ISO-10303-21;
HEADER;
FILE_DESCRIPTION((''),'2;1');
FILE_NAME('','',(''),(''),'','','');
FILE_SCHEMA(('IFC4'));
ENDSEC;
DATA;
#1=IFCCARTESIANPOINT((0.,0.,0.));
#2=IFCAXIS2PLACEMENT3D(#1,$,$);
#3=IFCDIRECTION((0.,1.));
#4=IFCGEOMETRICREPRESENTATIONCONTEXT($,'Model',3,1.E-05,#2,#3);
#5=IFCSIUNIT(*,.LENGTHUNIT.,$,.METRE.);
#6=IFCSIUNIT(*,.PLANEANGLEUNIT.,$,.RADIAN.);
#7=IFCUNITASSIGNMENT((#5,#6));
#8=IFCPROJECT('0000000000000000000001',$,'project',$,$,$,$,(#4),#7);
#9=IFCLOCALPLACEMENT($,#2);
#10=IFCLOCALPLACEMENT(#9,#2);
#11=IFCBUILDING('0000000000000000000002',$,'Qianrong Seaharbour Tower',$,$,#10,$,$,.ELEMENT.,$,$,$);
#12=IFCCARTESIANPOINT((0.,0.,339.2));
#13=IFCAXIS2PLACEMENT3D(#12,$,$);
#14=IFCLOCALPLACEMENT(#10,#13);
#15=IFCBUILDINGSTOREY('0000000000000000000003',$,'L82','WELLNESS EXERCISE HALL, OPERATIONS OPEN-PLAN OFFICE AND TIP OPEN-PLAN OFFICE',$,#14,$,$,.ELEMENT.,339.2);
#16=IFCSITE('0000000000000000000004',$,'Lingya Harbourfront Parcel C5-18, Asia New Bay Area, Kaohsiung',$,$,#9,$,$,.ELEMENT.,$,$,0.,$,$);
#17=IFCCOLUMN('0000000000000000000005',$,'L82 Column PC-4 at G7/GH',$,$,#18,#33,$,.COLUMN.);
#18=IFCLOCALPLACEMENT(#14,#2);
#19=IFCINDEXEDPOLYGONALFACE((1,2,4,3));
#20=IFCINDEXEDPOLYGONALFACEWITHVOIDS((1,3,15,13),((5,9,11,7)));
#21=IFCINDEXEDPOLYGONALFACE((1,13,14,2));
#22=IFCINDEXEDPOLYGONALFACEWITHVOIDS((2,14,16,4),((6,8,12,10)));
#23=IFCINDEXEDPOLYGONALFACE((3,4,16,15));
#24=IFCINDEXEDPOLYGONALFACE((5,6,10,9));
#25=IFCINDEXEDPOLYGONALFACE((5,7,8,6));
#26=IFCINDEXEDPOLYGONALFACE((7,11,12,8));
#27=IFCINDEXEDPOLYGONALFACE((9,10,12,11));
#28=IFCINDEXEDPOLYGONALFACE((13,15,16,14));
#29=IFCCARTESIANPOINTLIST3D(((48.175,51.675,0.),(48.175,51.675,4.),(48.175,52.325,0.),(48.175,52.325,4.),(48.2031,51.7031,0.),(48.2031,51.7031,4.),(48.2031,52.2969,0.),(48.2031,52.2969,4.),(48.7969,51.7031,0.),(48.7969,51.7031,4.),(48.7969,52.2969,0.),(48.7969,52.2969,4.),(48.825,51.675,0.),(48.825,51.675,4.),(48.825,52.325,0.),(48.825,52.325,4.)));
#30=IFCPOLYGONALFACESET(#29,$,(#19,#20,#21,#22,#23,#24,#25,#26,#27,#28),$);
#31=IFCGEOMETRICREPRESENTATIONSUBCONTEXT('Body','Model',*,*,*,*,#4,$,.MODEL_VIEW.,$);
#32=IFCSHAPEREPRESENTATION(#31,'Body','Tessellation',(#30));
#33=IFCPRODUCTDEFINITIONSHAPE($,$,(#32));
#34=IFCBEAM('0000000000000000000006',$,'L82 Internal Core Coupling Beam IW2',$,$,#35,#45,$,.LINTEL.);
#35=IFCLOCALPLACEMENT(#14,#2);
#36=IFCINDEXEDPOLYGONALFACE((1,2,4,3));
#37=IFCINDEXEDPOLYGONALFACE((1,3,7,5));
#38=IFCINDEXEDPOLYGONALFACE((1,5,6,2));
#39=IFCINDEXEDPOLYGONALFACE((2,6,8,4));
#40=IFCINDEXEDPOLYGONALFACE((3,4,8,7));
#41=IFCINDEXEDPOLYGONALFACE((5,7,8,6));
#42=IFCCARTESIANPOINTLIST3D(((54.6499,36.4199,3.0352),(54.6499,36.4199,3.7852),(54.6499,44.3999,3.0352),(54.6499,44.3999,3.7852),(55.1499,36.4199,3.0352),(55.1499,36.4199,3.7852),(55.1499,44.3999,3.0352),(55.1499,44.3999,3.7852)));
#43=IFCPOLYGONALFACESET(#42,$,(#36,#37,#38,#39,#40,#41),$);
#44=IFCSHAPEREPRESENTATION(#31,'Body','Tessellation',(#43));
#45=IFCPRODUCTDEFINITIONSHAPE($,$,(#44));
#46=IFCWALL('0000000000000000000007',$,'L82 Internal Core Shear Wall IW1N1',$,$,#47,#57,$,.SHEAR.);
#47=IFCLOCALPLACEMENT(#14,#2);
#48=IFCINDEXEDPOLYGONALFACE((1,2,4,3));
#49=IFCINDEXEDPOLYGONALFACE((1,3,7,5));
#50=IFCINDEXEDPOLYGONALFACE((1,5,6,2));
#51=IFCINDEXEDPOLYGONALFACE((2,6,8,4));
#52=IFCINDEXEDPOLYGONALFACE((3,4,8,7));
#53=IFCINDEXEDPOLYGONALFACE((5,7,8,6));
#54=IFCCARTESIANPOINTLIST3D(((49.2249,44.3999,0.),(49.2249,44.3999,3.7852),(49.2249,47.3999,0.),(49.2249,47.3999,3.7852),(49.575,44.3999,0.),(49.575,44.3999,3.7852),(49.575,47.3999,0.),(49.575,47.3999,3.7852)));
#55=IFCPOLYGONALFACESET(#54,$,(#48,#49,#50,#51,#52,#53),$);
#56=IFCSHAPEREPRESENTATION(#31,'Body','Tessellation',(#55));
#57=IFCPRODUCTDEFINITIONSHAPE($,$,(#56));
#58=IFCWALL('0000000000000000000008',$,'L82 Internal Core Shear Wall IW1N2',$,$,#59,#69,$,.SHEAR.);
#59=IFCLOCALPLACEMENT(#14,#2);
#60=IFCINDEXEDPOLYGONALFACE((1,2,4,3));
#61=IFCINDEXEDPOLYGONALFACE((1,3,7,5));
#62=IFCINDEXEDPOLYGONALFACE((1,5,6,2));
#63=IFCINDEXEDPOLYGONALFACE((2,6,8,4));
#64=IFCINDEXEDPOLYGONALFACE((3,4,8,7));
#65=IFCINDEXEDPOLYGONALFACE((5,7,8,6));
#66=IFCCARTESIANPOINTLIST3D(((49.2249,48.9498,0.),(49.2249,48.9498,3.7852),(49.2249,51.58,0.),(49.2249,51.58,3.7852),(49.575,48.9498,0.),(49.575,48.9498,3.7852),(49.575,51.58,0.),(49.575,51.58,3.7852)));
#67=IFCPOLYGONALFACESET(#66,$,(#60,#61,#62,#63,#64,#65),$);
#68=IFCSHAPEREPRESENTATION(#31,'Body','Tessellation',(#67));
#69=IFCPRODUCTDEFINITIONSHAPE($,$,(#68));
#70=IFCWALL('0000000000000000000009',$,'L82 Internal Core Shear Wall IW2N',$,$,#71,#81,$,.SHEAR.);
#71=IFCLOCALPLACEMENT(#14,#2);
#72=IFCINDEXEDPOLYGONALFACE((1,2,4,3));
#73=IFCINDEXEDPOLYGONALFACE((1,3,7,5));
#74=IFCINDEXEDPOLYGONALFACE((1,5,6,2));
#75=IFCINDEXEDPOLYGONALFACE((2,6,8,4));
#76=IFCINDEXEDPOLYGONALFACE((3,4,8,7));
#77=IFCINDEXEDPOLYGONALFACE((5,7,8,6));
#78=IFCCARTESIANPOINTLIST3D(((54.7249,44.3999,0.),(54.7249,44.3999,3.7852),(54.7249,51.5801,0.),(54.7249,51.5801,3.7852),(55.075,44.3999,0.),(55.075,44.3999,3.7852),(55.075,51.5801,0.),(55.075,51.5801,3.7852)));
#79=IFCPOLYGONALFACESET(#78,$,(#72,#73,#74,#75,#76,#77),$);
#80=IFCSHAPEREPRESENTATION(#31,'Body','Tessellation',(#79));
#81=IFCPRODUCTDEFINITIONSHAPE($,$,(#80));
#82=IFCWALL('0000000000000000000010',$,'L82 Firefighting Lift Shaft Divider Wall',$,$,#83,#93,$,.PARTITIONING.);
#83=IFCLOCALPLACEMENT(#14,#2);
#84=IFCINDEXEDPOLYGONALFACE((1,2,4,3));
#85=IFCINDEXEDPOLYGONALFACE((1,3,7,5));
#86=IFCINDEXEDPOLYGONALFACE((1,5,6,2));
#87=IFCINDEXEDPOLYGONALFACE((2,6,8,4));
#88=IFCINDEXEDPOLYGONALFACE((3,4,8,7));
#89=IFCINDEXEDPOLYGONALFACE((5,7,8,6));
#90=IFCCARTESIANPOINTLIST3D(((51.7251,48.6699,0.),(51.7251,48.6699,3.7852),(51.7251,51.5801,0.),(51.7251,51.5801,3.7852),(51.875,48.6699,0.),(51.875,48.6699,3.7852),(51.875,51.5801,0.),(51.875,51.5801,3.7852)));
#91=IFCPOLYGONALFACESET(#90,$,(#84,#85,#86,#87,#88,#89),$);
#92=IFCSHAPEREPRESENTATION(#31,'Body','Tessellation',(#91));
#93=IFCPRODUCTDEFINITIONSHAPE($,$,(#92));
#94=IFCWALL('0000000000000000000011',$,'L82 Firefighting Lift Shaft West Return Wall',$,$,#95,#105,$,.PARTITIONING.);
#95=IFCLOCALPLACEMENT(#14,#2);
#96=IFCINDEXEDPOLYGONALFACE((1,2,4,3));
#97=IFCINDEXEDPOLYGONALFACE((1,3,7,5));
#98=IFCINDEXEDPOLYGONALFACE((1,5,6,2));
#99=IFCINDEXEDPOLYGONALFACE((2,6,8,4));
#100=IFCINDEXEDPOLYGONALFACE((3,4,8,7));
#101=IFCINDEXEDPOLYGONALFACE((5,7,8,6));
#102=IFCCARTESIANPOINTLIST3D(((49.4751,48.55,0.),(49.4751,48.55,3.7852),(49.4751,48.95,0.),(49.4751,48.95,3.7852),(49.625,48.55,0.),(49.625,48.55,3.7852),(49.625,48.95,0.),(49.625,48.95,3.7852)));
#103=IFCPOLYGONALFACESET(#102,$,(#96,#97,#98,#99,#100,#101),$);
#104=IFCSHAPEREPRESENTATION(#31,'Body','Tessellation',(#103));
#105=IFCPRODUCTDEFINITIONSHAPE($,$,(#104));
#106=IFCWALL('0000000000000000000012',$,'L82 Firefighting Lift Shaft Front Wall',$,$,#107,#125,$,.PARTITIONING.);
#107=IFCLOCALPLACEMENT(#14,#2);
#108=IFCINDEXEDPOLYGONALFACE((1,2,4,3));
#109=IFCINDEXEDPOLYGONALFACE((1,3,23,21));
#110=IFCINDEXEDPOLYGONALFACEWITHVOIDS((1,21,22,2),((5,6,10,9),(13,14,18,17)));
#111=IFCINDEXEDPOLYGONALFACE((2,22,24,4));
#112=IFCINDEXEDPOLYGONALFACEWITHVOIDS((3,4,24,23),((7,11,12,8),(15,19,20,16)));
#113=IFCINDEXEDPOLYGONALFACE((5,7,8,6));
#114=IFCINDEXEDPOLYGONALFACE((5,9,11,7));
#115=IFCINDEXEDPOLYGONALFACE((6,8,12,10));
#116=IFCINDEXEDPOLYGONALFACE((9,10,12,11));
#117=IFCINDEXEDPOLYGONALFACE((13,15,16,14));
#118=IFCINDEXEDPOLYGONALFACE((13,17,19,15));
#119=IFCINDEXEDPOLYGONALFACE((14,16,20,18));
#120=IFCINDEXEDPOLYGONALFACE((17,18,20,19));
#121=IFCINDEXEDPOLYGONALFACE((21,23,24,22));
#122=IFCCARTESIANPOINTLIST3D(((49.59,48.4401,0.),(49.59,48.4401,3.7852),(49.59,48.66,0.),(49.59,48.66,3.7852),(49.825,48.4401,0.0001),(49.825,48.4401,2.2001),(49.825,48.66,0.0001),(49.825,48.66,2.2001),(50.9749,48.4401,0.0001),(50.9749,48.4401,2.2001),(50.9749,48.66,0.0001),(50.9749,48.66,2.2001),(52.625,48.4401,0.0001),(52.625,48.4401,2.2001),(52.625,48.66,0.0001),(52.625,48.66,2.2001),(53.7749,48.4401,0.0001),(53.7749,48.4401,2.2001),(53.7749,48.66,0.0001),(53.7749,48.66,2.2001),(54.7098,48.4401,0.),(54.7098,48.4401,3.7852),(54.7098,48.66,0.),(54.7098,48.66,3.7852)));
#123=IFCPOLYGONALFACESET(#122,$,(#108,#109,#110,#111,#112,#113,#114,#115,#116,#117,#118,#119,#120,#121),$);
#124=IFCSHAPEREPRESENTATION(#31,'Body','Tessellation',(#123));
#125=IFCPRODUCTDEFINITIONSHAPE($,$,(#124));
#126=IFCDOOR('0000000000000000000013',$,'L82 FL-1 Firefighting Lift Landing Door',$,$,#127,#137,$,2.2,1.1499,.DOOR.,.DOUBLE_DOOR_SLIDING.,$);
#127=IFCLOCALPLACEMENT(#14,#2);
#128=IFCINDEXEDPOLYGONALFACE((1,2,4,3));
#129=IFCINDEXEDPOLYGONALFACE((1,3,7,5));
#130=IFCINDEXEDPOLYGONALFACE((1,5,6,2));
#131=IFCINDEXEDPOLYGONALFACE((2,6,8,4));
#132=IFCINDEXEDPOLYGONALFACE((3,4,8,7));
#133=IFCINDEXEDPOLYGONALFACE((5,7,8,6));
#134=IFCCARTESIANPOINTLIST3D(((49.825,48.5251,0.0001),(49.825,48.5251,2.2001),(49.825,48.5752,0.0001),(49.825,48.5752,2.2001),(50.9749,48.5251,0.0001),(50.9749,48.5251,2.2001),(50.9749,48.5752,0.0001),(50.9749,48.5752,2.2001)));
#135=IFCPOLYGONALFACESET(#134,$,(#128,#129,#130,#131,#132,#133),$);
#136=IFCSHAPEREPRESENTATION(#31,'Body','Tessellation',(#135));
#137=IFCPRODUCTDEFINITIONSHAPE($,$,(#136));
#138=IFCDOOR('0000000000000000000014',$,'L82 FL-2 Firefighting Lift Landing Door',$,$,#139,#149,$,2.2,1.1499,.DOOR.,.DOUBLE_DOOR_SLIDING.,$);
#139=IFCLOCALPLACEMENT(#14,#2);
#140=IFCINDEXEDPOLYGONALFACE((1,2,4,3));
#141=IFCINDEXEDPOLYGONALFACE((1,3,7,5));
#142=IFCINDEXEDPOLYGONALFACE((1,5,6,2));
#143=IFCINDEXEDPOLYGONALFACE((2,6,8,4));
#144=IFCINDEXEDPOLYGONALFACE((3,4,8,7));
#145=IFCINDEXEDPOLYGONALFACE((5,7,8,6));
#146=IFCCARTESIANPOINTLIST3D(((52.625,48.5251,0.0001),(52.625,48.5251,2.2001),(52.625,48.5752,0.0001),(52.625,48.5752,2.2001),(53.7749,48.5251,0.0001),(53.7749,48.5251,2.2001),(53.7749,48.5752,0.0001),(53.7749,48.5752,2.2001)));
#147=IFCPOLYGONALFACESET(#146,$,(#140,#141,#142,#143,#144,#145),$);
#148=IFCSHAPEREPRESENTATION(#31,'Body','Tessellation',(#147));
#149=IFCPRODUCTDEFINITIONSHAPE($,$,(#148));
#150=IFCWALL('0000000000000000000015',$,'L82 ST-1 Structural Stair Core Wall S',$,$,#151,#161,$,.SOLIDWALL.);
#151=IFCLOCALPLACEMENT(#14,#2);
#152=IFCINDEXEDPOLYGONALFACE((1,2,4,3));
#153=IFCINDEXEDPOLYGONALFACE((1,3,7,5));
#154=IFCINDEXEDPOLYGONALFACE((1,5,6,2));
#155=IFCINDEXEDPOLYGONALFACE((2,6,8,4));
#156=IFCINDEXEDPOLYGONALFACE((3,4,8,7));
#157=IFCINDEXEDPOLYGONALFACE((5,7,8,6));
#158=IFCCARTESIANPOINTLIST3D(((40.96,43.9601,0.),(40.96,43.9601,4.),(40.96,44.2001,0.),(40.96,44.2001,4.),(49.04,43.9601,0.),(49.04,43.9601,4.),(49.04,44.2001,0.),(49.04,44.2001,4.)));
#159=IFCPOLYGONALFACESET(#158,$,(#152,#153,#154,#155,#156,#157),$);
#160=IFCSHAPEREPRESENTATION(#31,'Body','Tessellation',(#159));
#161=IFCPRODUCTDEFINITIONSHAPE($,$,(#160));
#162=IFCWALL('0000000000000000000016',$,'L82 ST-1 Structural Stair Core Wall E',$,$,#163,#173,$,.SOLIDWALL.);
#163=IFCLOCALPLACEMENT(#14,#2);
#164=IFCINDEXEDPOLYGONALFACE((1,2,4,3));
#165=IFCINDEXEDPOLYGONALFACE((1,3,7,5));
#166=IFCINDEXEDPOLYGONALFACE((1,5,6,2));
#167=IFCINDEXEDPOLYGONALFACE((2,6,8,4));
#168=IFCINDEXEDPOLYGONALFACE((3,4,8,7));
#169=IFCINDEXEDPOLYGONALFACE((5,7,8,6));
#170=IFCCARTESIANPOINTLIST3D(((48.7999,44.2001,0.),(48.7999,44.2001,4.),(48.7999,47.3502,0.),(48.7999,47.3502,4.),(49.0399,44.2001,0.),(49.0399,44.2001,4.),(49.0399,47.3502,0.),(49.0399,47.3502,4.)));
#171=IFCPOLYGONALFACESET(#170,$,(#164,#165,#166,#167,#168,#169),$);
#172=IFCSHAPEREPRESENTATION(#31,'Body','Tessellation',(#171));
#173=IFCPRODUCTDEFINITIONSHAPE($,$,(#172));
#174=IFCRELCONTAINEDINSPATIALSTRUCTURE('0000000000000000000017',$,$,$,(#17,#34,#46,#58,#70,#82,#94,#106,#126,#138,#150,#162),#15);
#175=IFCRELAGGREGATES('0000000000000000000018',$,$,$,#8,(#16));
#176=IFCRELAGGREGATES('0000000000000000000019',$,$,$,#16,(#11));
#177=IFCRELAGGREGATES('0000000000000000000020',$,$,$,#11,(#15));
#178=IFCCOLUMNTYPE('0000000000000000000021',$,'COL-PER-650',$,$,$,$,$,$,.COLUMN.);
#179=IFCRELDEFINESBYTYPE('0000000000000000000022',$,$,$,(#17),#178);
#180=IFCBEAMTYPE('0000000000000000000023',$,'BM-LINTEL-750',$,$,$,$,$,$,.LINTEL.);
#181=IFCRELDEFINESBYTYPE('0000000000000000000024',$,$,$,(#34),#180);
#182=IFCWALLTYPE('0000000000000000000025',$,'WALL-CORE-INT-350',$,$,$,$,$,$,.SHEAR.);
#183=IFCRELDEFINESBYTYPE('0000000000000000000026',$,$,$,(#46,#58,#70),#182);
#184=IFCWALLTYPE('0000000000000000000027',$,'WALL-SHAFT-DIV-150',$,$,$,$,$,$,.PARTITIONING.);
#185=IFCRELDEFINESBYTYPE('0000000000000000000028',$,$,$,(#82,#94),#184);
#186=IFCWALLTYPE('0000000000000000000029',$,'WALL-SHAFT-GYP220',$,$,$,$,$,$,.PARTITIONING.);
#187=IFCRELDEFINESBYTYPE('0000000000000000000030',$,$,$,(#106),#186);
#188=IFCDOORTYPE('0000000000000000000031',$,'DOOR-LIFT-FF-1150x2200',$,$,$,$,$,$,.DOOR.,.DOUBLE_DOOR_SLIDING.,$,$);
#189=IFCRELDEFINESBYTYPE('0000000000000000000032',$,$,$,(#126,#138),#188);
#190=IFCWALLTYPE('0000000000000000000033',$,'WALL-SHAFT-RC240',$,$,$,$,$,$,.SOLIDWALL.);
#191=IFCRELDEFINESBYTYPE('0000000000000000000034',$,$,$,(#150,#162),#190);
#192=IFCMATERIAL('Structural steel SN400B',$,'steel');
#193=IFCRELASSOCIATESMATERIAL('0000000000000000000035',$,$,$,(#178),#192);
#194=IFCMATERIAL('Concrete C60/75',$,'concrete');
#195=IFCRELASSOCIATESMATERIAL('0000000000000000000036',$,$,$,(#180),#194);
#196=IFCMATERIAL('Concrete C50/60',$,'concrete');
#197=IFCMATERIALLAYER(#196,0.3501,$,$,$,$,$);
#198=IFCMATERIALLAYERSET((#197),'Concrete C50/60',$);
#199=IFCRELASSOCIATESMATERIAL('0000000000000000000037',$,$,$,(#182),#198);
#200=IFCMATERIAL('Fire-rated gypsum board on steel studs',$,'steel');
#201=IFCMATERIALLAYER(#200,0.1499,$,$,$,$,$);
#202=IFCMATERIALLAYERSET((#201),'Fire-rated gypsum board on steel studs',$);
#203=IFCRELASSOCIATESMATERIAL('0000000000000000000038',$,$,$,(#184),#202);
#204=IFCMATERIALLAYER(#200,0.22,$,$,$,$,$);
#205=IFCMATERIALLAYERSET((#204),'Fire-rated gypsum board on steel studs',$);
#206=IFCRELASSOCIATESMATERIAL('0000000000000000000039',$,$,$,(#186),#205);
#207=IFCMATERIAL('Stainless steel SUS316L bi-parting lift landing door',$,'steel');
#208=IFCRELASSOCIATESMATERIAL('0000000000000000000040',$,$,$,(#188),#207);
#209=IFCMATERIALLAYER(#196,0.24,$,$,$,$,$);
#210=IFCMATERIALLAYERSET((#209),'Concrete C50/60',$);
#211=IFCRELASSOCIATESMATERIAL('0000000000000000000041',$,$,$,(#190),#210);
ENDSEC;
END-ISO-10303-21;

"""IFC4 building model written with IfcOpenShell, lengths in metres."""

from ifc_helpers import new_model, si_unit, direction, frame, frame_2d, origin, origin_2d, place, context, subcontext, project, spatial, rectangle, hollow_rectangle, extrude, material, layer, layer_set, material_profile, profile_set, type_object, element, fill, save


model = new_model("IFC4")

# Units and contexts
model_context = context("Model", 3, precision=1e-05, world=origin(), true_north=direction((0.0, 1.0)))
body_context = subcontext(model_context, "Body", "Model", "MODEL_VIEW")
ifc_project = project(units=[si_unit("LENGTHUNIT", "METRE"), si_unit("PLANEANGLEUNIT", "RADIAN")], contexts=[model_context])

# Site, building, storey
site_placement = place(None, origin())
site = spatial("IfcSite", under=ifc_project, at=site_placement, Name="Lingya Harbourfront Parcel C5-18, Asia New Bay Area, Kaohsiung", CompositionType="ELEMENT", RefElevation=0.0)
building_placement = place(site_placement, origin())
building = spatial("IfcBuilding", under=site, at=building_placement, Name="Qianrong Seaharbour Tower", CompositionType="ELEMENT")
storey_placement = place(building_placement, frame((0.0, 0.0, 339.2)))
storey = spatial("IfcBuildingStorey", under=building, at=storey_placement, Name="L82", Description="WELLNESS EXERCISE HALL, OPERATIONS OPEN-PLAN OFFICE AND TIP OPEN-PLAN OFFICE", CompositionType="ELEMENT", Elevation=339.2)

# Column
ifc_material_1 = material(Name="Structural steel SN400B", Category="steel")
ifc_material_profile_1 = material_profile(ifc_material_1, hollow_rectangle(XDim=0.6499, YDim=0.6499, WallThickness=0.0281, at=origin_2d()), Name="BOX650x650x28")
ifc_profile_set_1 = profile_set([ifc_material_profile_1], Name="Structural steel SN400B")
column_type = type_object("IfcColumnType", Name="COL-PER-650", PredefinedType="COLUMN", material=ifc_profile_set_1)
column_placement = place(storey_placement, frame((48.5, 52.0, 0.0), z_axis=(0.0, 0.0, 1.0), x_axis=(1.0, 0.0, 0.0)))
element("IfcColumn", 1, at=column_placement, inside=storey, type_object=column_type, Name="L82 Column PC-4 at G7/GH", PredefinedType="COLUMN", context=body_context, shape_type="SweptSolid", body=[
    extrude(hollow_rectangle(XDim=0.6499, YDim=0.6499, WallThickness=0.0281, at=origin_2d()), origin(), (0.0, 0.0, 1.0), 4.0),
])

# Beam
ifc_material_2 = material(Name="Concrete C60/75", Category="concrete")
ifc_material_profile_2 = material_profile(ifc_material_2, rectangle(XDim=0.5, YDim=0.75, at=origin_2d()), Name="RC500x750")
ifc_profile_set_2 = profile_set([ifc_material_profile_2], Name="Concrete C60/75")
beam_type = type_object("IfcBeamType", Name="BM-LINTEL-750", PredefinedType="LINTEL", material=ifc_profile_set_2)
beam_placement = place(storey_placement, frame((54.8999, 36.4199, 3.4102), z_axis=(0.0, 1.0, 0.0), x_axis=(-1.0, 0.0, 0.0)))
element("IfcBeam", 2, at=beam_placement, inside=storey, type_object=beam_type, Name="L82 Internal Core Coupling Beam IW2", PredefinedType="LINTEL", context=body_context, shape_type="SweptSolid", body=[
    extrude(rectangle(XDim=0.5, YDim=0.75, at=origin_2d()), origin(), (0.0, 0.0, 1.0), 7.98),
])

# Walls
ifc_material_3 = material(Name="Concrete C50/60", Category="concrete")
ifc_layer_1 = layer(ifc_material_3, 0.3501)
ifc_layer_set_1 = layer_set([ifc_layer_1], Name="Concrete C50/60")
wall_type_1 = type_object("IfcWallType", Name="WALL-CORE-INT-350", PredefinedType="SHEAR", material=ifc_layer_set_1)
wall_1_placement = place(storey_placement, frame((49.3999, 44.3999, 0.0), z_axis=(0.0, 0.0, 1.0), x_axis=(0.0, 1.0, 0.0)))
element("IfcWall", 3, at=wall_1_placement, inside=storey, type_object=wall_type_1, Name="L82 Internal Core Shear Wall IW1N1", PredefinedType="SHEAR", context=body_context, shape_type="SweptSolid", body=[
    extrude(rectangle(XDim=3.0, YDim=0.3501, at=frame_2d((1.5, 0.0))), origin(), (0.0, 0.0, 1.0), 3.7852),
])
wall_2_placement = place(storey_placement, frame((49.3999, 48.95, 0.0), z_axis=(0.0, 0.0, 1.0), x_axis=(0.0, 1.0, 0.0)))
element("IfcWall", 4, at=wall_2_placement, inside=storey, type_object=wall_type_1, Name="L82 Internal Core Shear Wall IW1N2", PredefinedType="SHEAR", context=body_context, shape_type="SweptSolid", body=[
    extrude(rectangle(XDim=2.6301, YDim=0.3501, at=frame_2d((1.3149, 0.0))), origin(), (0.0, 0.0, 1.0), 3.7852),
])
wall_3_placement = place(storey_placement, frame((54.8999, 44.3999, 0.0), z_axis=(0.0, 0.0, 1.0), x_axis=(0.0, 1.0, 0.0)))
element("IfcWall", 5, at=wall_3_placement, inside=storey, type_object=wall_type_1, Name="L82 Internal Core Shear Wall IW2N", PredefinedType="SHEAR", context=body_context, shape_type="SweptSolid", body=[
    extrude(rectangle(XDim=7.1802, YDim=0.3501, at=frame_2d((3.5901, 0.0))), origin(), (0.0, 0.0, 1.0), 3.7852),
])

# Walls
ifc_material_4 = material(Name="Fire-rated gypsum board on steel studs", Category="steel")
ifc_layer_2 = layer(ifc_material_4, 0.1499)
ifc_layer_set_2 = layer_set([ifc_layer_2], Name="Fire-rated gypsum board on steel studs")
wall_type_2 = type_object("IfcWallType", Name="WALL-SHAFT-DIV-150", PredefinedType="PARTITIONING", material=ifc_layer_set_2)
wall_4_placement = place(storey_placement, frame((51.8, 48.6699, 0.0), z_axis=(0.0, 0.0, 1.0), x_axis=(0.0, 1.0, 0.0)))
element("IfcWall", 6, at=wall_4_placement, inside=storey, type_object=wall_type_2, Name="L82 Firefighting Lift Shaft Divider Wall", PredefinedType="PARTITIONING", context=body_context, shape_type="SweptSolid", body=[
    extrude(rectangle(XDim=2.9102, YDim=0.1499, at=frame_2d((1.4551, 0.0))), origin(), (0.0, 0.0, 1.0), 3.7852),
])
wall_5_placement = place(storey_placement, frame((49.55, 48.55, 0.0), z_axis=(0.0, 0.0, 1.0), x_axis=(0.0, 1.0, 0.0)))
element("IfcWall", 7, at=wall_5_placement, inside=storey, type_object=wall_type_2, Name="L82 Firefighting Lift Shaft West Return Wall", PredefinedType="PARTITIONING", context=body_context, shape_type="SweptSolid", body=[
    extrude(rectangle(XDim=0.3999, YDim=0.1499, at=frame_2d((0.2, 0.0))), origin(), (0.0, 0.0, 1.0), 3.7852),
])

# Wall, openings, doors
ifc_layer_3 = layer(ifc_material_4, 0.22)
ifc_layer_set_3 = layer_set([ifc_layer_3], Name="Fire-rated gypsum board on steel studs")
wall_type_3 = type_object("IfcWallType", Name="WALL-SHAFT-GYP220", PredefinedType="PARTITIONING", material=ifc_layer_set_3)
wall_6_placement = place(storey_placement, frame((54.71, 48.55, 0.0), z_axis=(0.0, 0.0, 1.0), x_axis=(-1.0, 0.0, 0.0)))
wall_6 = element("IfcWall", 8, at=wall_6_placement, inside=storey, type_object=wall_type_3, Name="L82 Firefighting Lift Shaft Front Wall", PredefinedType="PARTITIONING", context=body_context, shape_type="SweptSolid", body=[
    extrude(rectangle(XDim=5.1199, YDim=0.22, at=frame_2d((2.5601, 0.0))), origin(), (0.0, 0.0, 1.0), 3.7852),
])
opening_1_placement = place(wall_6_placement, frame((3.7351, 0.0, 0.0)))
opening_1 = element("IfcOpeningElement", 9, at=opening_1_placement, cuts=wall_6, PredefinedType="OPENING", context=body_context, shape_type="SweptSolid", body=[
    extrude(rectangle(XDim=1.1499, YDim=2.2, at=frame_2d((0.575, 1.1001))), frame((0.0, 0.1201, 0.0), z_axis=(0.0, -1.0, 0.0), x_axis=(1.0, 0.0, 0.0)), (0.0, 0.0, 1.0), 0.24),
])
opening_2_placement = place(wall_6_placement, frame((0.9351, 0.0, 0.0)))
opening_2 = element("IfcOpeningElement", 10, at=opening_2_placement, cuts=wall_6, PredefinedType="OPENING", context=body_context, shape_type="SweptSolid", body=[
    extrude(rectangle(XDim=1.1499, YDim=2.2, at=frame_2d((0.575, 1.1001))), frame((0.0, 0.1201, 0.0), z_axis=(0.0, -1.0, 0.0), x_axis=(1.0, 0.0, 0.0)), (0.0, 0.0, 1.0), 0.24),
])
ifc_material_5 = material(Name="Stainless steel SUS316L bi-parting lift landing door", Category="steel")
door_type_1 = type_object("IfcDoorType", Name="DOOR-LIFT-FF-1150x2200", OperationType="DOUBLE_DOOR_SLIDING", PredefinedType="DOOR", material=ifc_material_5)
door_1_placement = place(opening_1_placement, origin())
door_1 = element("IfcDoor", 11, at=door_1_placement, inside=storey, type_object=door_type_1, Name="L82 FL-1 Firefighting Lift Landing Door", OperationType="DOUBLE_DOOR_SLIDING", OverallHeight=2.2, OverallWidth=1.1499, PredefinedType="DOOR", context=body_context, shape_type="SweptSolid", body=[
    extrude(rectangle(XDim=1.1499, YDim=2.2, at=frame_2d((0.575, 1.1001))), frame((0.0, 0.0249, 0.0), z_axis=(0.0, -1.0, 0.0), x_axis=(1.0, 0.0, 0.0)), (0.0, 0.0, 1.0), 0.05),
])
fill(opening_1, door_1)
door_2_placement = place(opening_2_placement, origin())
door_2 = element("IfcDoor", 12, at=door_2_placement, inside=storey, type_object=door_type_1, Name="L82 FL-2 Firefighting Lift Landing Door", OperationType="DOUBLE_DOOR_SLIDING", OverallHeight=2.2, OverallWidth=1.1499, PredefinedType="DOOR", context=body_context, shape_type="SweptSolid", body=[
    extrude(rectangle(XDim=1.1499, YDim=2.2, at=frame_2d((0.575, 1.1001))), frame((0.0, 0.0249, 0.0), z_axis=(0.0, -1.0, 0.0), x_axis=(1.0, 0.0, 0.0)), (0.0, 0.0, 1.0), 0.05),
])
fill(opening_2, door_2)

# Walls
ifc_layer_4 = layer(ifc_material_3, 0.24)
ifc_layer_set_4 = layer_set([ifc_layer_4], Name="Concrete C50/60")
wall_type_4 = type_object("IfcWallType", Name="WALL-SHAFT-RC240", PredefinedType="SOLIDWALL", material=ifc_layer_set_4)
wall_7_placement = place(storey_placement, frame((49.04, 44.0801, 0.0), z_axis=(0.0, 0.0, 1.0), x_axis=(-1.0, 0.0, 0.0)))
element("IfcWall", 13, at=wall_7_placement, inside=storey, type_object=wall_type_4, Name="L82 ST-1 Structural Stair Core Wall S", PredefinedType="SOLIDWALL", context=body_context, shape_type="SweptSolid", body=[
    extrude(rectangle(XDim=8.0801, YDim=0.24, at=frame_2d((4.04, 0.0))), origin(), (0.0, 0.0, 1.0), 4.0),
])
wall_8_placement = place(storey_placement, frame((48.9199, 44.2, 0.0), z_axis=(0.0, 0.0, 1.0), x_axis=(0.0, 1.0, 0.0)))
element("IfcWall", 14, at=wall_8_placement, inside=storey, type_object=wall_type_4, Name="L82 ST-1 Structural Stair Core Wall E", PredefinedType="SOLIDWALL", context=body_context, shape_type="SweptSolid", body=[
    extrude(rectangle(XDim=3.1501, YDim=0.24, at=frame_2d((1.5752, 0.0))), origin(), (0.0, 0.0, 1.0), 4.0),
])

save(model, "model.ifc")
